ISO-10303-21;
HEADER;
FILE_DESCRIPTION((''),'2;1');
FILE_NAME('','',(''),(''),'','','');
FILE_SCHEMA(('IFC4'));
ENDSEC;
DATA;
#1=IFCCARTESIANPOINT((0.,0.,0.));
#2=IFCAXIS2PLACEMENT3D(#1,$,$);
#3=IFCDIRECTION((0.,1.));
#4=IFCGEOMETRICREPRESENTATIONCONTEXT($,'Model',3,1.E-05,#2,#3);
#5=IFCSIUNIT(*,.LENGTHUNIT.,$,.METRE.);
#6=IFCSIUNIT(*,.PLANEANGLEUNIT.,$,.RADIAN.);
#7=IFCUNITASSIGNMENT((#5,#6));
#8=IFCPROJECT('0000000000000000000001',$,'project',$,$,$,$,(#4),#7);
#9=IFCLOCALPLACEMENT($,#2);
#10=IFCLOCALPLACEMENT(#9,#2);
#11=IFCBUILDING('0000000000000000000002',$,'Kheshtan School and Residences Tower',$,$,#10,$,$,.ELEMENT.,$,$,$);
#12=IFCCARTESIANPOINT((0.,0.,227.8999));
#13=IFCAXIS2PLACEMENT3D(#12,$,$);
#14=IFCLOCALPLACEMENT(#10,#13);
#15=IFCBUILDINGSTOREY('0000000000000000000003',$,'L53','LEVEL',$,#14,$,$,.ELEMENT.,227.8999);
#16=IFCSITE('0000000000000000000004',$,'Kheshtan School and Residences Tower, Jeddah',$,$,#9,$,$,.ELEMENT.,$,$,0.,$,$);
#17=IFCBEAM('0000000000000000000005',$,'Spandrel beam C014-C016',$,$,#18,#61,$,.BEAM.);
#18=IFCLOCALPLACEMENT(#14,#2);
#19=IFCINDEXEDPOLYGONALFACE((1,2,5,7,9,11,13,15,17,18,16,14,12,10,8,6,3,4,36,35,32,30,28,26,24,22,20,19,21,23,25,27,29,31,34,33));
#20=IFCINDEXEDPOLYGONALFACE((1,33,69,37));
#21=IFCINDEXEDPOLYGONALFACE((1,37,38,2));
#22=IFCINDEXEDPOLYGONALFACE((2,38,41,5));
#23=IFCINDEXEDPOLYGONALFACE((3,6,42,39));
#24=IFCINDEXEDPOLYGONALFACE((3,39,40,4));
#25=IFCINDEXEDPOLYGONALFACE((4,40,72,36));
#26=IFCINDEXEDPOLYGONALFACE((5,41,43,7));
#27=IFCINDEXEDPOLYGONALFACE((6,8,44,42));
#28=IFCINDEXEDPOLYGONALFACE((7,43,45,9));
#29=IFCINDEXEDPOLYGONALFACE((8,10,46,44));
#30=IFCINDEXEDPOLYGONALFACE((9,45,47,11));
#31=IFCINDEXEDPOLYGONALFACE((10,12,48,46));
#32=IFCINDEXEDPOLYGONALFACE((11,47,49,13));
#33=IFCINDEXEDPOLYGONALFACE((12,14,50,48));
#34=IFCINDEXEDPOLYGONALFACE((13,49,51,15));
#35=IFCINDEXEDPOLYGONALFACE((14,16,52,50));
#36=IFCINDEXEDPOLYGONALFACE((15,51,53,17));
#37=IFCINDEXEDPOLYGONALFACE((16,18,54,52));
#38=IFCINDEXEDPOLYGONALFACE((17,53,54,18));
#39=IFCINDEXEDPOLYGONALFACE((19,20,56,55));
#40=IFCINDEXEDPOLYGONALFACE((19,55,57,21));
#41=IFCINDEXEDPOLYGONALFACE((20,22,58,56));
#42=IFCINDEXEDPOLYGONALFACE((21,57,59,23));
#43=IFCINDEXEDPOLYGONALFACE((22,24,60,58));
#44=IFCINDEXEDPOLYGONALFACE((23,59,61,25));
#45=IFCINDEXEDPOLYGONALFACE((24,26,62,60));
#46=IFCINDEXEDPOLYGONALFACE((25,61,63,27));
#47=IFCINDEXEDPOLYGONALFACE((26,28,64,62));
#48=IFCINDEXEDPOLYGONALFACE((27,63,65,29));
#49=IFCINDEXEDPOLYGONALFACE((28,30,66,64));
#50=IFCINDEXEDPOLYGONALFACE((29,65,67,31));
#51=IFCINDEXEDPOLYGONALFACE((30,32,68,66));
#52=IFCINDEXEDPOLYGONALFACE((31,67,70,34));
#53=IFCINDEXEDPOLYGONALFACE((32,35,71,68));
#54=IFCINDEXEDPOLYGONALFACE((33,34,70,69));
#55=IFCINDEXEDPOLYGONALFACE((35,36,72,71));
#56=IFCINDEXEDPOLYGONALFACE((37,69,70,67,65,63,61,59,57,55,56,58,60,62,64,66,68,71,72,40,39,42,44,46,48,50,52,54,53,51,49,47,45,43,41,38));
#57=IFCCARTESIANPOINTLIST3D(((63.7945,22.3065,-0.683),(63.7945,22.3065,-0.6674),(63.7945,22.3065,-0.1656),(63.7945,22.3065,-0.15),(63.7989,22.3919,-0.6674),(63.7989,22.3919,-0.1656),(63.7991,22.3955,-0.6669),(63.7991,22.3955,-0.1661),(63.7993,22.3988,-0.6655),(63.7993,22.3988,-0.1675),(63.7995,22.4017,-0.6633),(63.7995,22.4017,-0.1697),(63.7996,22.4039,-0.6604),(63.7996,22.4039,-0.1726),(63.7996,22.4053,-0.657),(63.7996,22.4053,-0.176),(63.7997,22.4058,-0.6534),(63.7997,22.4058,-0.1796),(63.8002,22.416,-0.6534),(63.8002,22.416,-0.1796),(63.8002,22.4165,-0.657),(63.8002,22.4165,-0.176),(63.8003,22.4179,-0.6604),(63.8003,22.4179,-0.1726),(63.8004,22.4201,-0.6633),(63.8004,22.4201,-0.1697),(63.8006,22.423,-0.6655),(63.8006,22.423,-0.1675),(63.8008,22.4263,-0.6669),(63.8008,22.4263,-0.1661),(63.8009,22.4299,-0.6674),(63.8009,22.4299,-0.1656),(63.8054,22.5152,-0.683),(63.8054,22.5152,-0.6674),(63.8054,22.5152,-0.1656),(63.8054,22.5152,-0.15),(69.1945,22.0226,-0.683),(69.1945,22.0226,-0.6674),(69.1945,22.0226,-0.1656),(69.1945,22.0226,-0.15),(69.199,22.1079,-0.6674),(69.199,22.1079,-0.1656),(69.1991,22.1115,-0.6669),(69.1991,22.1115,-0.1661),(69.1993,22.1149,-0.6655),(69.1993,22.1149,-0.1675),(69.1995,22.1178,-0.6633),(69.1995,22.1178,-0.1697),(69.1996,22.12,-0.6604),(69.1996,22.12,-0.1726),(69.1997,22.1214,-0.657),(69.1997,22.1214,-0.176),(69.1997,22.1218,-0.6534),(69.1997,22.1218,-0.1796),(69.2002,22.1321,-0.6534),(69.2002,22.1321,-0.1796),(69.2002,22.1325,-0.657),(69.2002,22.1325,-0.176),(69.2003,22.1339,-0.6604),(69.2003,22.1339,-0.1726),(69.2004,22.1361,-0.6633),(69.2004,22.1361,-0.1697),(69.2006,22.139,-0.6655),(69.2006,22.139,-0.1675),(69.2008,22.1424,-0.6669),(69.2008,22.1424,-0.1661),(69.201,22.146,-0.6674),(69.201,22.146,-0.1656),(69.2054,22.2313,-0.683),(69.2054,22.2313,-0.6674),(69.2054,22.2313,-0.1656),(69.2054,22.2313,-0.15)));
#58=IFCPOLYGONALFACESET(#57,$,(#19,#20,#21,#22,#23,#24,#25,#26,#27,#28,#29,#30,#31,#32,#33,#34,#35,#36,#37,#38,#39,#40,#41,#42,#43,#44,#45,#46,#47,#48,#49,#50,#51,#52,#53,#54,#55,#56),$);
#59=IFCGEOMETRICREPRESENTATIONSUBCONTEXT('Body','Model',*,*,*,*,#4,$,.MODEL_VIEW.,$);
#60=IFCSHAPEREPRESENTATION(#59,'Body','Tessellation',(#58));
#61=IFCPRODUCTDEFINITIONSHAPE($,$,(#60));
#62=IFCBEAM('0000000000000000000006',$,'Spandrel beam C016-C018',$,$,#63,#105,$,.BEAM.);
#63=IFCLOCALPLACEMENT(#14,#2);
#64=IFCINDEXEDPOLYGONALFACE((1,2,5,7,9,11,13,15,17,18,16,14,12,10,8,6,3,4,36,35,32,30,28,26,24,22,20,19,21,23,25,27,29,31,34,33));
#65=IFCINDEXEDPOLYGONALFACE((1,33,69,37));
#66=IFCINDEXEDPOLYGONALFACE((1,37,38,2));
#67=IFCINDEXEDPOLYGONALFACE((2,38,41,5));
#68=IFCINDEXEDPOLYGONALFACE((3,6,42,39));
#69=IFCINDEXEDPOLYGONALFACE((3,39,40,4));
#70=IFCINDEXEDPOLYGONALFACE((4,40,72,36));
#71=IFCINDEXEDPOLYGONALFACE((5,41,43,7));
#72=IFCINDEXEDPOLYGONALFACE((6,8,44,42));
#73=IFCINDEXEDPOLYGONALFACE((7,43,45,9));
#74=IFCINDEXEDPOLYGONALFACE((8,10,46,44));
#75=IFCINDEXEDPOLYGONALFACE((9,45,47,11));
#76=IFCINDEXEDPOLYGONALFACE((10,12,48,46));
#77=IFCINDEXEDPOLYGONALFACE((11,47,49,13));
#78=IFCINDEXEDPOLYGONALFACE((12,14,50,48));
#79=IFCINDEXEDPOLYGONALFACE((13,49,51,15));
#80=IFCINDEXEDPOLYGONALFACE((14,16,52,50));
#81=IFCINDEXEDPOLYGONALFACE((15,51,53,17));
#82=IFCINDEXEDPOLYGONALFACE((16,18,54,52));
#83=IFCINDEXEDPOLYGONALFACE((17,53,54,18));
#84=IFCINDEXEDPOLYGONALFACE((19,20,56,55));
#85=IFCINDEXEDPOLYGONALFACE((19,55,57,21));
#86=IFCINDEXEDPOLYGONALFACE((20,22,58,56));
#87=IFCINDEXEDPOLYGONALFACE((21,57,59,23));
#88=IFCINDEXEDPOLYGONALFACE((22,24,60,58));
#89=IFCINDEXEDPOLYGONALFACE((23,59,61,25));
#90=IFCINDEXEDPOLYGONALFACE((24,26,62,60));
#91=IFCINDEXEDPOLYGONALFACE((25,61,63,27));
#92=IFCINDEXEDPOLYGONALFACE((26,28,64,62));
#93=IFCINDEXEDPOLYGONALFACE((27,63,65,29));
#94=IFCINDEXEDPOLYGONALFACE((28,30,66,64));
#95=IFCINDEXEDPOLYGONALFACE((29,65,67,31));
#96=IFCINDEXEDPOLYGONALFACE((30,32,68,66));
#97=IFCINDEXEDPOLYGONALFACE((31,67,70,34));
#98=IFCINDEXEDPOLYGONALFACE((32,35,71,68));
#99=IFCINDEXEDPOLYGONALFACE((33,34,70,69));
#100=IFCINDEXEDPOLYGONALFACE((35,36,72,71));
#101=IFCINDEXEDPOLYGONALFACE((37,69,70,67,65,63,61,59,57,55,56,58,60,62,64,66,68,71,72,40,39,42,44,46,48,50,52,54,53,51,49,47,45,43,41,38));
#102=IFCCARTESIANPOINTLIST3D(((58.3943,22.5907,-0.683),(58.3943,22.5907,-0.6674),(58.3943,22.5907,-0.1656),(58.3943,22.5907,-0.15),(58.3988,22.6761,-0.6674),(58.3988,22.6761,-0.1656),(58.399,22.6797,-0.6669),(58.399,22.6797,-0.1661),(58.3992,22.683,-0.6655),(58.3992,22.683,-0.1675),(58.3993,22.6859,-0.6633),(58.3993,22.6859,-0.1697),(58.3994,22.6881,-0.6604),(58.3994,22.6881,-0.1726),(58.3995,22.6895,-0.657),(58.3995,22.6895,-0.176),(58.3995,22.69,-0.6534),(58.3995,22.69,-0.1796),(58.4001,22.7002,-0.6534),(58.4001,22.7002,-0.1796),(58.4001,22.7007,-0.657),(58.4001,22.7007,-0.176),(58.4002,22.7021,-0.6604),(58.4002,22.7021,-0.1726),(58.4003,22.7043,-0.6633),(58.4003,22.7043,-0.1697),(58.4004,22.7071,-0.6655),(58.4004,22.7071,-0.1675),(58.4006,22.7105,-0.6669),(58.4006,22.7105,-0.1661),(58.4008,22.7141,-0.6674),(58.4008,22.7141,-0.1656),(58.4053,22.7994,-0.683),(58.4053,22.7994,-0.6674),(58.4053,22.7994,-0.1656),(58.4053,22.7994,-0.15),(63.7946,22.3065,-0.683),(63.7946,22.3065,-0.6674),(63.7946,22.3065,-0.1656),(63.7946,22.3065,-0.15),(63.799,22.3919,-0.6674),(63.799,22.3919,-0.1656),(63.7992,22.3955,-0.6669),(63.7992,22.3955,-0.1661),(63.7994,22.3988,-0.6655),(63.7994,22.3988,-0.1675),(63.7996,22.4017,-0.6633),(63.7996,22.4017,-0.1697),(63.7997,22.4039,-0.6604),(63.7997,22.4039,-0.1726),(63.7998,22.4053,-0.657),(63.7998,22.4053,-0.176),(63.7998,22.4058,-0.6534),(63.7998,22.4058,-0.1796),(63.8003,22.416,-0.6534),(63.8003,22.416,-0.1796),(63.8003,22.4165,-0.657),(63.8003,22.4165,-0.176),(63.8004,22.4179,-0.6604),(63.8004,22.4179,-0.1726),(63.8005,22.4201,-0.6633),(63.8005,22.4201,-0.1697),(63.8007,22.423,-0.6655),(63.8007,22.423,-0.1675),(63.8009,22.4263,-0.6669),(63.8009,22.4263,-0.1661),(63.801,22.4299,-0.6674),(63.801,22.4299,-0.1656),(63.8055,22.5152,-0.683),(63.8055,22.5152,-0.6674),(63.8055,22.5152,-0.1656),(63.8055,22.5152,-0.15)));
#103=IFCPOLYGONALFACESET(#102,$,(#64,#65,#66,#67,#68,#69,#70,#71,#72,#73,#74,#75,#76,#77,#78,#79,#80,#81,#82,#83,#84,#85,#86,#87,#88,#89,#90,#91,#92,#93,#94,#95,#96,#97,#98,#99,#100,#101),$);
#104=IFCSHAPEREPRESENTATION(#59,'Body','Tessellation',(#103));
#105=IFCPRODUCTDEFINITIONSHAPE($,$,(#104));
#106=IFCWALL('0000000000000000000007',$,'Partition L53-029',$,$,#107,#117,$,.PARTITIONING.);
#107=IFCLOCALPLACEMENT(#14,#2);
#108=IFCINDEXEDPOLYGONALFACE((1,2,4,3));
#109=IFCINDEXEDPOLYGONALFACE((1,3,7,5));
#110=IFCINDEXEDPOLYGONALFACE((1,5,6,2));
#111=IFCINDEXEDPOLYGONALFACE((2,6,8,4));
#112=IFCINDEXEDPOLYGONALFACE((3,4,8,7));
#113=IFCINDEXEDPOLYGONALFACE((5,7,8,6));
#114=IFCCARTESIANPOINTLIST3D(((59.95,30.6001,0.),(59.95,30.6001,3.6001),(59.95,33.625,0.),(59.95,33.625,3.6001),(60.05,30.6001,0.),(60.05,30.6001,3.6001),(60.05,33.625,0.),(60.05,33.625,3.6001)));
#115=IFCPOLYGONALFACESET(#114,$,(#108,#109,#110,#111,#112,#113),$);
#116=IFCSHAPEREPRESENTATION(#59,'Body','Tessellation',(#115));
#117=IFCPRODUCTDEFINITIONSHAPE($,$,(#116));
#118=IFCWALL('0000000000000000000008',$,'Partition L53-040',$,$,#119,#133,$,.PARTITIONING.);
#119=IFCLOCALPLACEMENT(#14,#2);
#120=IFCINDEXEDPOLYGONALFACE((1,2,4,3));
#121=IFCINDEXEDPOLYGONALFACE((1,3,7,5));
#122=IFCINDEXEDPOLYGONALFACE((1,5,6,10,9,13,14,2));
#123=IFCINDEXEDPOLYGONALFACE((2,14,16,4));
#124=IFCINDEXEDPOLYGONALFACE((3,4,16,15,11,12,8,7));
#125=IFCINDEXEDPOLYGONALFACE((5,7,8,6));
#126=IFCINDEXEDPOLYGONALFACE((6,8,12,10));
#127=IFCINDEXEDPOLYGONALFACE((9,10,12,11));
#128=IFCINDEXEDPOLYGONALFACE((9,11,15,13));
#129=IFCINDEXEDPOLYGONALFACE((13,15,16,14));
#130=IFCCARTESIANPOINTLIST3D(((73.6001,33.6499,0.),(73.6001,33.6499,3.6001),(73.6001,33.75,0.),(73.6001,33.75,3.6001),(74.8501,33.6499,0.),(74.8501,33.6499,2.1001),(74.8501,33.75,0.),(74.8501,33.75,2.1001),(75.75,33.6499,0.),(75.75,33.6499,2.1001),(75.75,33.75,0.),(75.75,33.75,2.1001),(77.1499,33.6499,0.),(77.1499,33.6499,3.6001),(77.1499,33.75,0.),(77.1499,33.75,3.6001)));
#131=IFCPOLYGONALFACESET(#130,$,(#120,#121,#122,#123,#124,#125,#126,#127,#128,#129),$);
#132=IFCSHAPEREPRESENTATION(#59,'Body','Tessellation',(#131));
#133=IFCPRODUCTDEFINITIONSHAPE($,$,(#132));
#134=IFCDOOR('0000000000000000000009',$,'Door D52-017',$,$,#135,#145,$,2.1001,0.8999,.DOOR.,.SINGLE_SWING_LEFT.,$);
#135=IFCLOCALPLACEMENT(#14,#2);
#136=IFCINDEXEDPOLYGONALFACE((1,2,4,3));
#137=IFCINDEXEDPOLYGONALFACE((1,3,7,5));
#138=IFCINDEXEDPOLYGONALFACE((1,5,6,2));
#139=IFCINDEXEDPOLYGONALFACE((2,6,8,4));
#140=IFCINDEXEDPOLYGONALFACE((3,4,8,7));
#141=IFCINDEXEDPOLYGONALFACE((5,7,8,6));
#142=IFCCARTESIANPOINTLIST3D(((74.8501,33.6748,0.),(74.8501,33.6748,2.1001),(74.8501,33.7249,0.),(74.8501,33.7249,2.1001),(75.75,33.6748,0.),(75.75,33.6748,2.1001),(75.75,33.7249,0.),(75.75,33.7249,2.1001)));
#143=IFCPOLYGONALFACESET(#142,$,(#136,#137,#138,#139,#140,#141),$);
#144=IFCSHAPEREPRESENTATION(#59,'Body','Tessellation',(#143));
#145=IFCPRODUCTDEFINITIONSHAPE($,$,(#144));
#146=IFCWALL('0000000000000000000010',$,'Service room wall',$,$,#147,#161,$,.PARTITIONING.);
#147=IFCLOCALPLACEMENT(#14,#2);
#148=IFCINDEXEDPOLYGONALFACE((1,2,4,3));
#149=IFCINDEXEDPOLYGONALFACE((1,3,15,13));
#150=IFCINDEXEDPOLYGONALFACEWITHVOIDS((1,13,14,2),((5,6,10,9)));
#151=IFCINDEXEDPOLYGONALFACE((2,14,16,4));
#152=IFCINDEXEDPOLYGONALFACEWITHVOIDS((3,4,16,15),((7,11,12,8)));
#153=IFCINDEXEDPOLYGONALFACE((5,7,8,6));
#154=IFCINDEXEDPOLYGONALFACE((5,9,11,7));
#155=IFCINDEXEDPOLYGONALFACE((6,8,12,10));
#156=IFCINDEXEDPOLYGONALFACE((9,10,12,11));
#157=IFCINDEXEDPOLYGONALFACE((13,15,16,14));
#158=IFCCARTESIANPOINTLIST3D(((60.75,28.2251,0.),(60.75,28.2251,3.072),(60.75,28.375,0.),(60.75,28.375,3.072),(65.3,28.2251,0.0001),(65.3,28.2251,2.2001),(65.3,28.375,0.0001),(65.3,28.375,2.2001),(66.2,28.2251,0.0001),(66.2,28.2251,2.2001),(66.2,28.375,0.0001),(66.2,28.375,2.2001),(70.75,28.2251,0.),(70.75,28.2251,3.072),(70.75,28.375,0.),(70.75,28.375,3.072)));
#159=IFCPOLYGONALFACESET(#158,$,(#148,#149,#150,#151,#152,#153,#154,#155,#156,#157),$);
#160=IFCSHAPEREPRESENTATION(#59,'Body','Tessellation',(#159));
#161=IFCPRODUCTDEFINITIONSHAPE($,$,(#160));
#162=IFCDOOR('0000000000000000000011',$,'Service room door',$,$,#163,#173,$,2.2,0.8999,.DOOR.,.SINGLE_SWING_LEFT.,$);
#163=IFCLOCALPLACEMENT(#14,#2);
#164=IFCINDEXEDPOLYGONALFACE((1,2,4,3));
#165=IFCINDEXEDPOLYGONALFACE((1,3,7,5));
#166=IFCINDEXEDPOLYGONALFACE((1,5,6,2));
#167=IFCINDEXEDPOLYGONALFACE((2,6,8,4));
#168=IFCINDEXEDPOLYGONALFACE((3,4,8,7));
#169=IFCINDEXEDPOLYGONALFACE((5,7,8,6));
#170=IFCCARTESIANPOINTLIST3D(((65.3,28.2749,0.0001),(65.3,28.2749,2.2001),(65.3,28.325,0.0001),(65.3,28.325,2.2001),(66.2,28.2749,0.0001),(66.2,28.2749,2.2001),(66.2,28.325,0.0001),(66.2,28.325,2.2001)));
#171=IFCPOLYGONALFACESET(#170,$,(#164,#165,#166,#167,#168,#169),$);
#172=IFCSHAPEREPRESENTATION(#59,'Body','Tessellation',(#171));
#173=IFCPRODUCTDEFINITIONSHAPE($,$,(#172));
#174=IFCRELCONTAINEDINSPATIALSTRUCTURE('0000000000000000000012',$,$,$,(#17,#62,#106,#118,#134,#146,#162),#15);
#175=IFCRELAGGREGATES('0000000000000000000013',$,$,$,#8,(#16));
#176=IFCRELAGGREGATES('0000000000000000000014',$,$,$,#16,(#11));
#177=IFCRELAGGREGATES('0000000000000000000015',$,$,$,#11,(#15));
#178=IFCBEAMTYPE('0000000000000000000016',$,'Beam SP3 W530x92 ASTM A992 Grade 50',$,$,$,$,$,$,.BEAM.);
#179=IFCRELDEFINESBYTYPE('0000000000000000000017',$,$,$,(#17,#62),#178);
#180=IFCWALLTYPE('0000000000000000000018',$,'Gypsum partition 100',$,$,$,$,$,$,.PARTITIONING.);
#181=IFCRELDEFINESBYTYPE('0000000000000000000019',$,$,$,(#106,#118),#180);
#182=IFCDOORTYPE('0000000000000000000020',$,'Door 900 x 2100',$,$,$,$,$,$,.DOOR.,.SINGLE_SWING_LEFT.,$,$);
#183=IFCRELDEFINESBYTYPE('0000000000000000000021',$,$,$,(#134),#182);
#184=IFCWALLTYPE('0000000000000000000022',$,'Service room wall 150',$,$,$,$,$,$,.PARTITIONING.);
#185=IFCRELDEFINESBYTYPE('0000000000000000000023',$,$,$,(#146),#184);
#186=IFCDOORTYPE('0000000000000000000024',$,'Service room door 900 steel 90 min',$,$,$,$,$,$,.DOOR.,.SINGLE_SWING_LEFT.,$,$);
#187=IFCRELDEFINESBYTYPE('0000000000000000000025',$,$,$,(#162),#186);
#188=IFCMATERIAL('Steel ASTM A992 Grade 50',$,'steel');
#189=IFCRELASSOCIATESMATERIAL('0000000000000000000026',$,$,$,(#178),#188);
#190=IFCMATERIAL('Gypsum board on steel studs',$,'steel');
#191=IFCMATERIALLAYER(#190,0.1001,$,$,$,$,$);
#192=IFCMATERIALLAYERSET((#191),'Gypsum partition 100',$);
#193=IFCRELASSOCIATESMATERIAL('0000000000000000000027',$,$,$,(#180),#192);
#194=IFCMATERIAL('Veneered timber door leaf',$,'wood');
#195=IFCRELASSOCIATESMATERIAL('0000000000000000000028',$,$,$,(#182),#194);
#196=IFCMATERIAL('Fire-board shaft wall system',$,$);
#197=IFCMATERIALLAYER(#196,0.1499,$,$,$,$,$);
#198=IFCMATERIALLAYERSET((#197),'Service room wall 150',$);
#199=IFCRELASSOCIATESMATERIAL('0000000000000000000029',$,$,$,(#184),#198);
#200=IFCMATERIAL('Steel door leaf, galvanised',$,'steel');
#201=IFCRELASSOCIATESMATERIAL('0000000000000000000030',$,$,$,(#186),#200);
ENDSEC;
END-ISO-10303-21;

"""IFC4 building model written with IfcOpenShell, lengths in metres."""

from ifc_helpers import new_model, si_unit, direction, frame, frame_2d, origin, origin_2d, place, context, subcontext, project, spatial, rectangle, i_section, extrude, source, transform, mapped, material, layer, layer_set, material_profile, profile_set, type_object, element, fill, save


model = new_model("IFC4")

# Units and contexts
model_context = context("Model", 3, precision=1e-05, world=origin(), true_north=direction((0.0, 1.0)))
body_context = subcontext(model_context, "Body", "Model", "MODEL_VIEW")
ifc_project = project(units=[si_unit("LENGTHUNIT", "METRE"), si_unit("PLANEANGLEUNIT", "RADIAN")], contexts=[model_context])

# Site, building, storey
site_placement = place(None, origin())
site = spatial("IfcSite", under=ifc_project, at=site_placement, Name="Kheshtan School and Residences Tower, Jeddah", CompositionType="ELEMENT", RefElevation=0.0)
building_placement = place(site_placement, origin())
building = spatial("IfcBuilding", under=site, at=building_placement, Name="Kheshtan School and Residences Tower", CompositionType="ELEMENT")
storey_placement = place(building_placement, frame((0.0, 0.0, 227.8999)))
storey = spatial("IfcBuildingStorey", under=building, at=storey_placement, Name="L53", Description="LEVEL", CompositionType="ELEMENT", Elevation=227.8999)

# Shared definitions
ifc_material_1 = material(Name="Steel ASTM A992 Grade 50", Category="steel")

# Beams
ifc_material_profile_1 = material_profile(ifc_material_1, i_section(OverallWidth=0.209, OverallDepth=0.533, WebThickness=0.0103, FlangeThickness=0.0156, FilletRadius=0.0139, at=origin_2d()), Name="W530x92")
ifc_profile_set_1 = profile_set([ifc_material_profile_1], Name="Steel ASTM A992 Grade 50")
beam_type_1 = type_object("IfcBeamType", Name="Beam SP3 W530x92 ASTM A992 Grade 50", PredefinedType="BEAM", material=ifc_profile_set_1)
beam_1_placement = place(storey_placement, frame((69.2, 22.127, -0.4165), z_axis=(-0.99862, 0.052509, 0.0), x_axis=(-0.052509, -0.99862, 0.0)))
element("IfcBeam", 1, at=beam_1_placement, inside=storey, type_object=beam_type_1, Name="Spandrel beam C014-C016", PredefinedType="BEAM", context=body_context, shape_type="SweptSolid", body=[
    extrude(i_section(OverallWidth=0.209, OverallDepth=0.533, WebThickness=0.0103, FlangeThickness=0.0156, FilletRadius=0.0139, at=origin_2d()), origin(), (0.0, 0.0, 1.0), 5.4075),
])
beam_2_placement = place(storey_placement, frame((63.8, 22.4109, -0.4165), z_axis=(-0.998618, 0.052552, 0.0), x_axis=(-0.052552, -0.998618, 0.0)))
element("IfcBeam", 2, at=beam_2_placement, inside=storey, type_object=beam_type_1, Name="Spandrel beam C016-C018", PredefinedType="BEAM", context=body_context, shape_type="SweptSolid", body=[
    extrude(i_section(OverallWidth=0.209, OverallDepth=0.533, WebThickness=0.0103, FlangeThickness=0.0156, FilletRadius=0.0139, at=origin_2d()), origin(), (0.0, 0.0, 1.0), 5.4077),
])

# Wall
ifc_material_2 = material(Name="Gypsum board on steel studs", Category="steel")
ifc_layer_1 = layer(ifc_material_2, 0.1001)
ifc_layer_set_1 = layer_set([ifc_layer_1], Name="Gypsum partition 100")
wall_type_1 = type_object("IfcWallType", Name="Gypsum partition 100", PredefinedType="PARTITIONING", material=ifc_layer_set_1)
wall_1_placement = place(storey_placement, frame((60.0, 30.6001, 0.0), z_axis=(0.0, 0.0, 1.0), x_axis=(0.0, 1.0, 0.0)))
element("IfcWall", 3, at=wall_1_placement, inside=storey, type_object=wall_type_1, Name="Partition L53-029", PredefinedType="PARTITIONING", context=body_context, shape_type="SweptSolid", body=[
    extrude(rectangle(XDim=3.0249, YDim=0.1001, at=frame_2d((1.5125, 0.0))), origin(), (0.0, 0.0, 1.0), 3.6001),
])

# Walls, openings, doors
wall_2_placement = place(storey_placement, frame((73.6001, 33.7, 0.0), z_axis=(0.0, 0.0, 1.0), x_axis=(1.0, 0.0, 0.0)))
wall_2 = element("IfcWall", 4, at=wall_2_placement, inside=storey, type_object=wall_type_1, Name="Partition L53-040", PredefinedType="PARTITIONING", context=body_context, shape_type="SweptSolid", body=[
    extrude(rectangle(XDim=3.5498, YDim=0.1001, at=frame_2d((1.7749, 0.0))), origin(), (0.0, 0.0, 1.0), 3.6001),
])
opening_1_placement = place(wall_2_placement, frame((1.25, 0.0, 0.0)))
opening_1 = element("IfcOpeningElement", 5, at=opening_1_placement, cuts=wall_2, PredefinedType="OPENING", context=body_context, shape_type="SweptSolid", body=[
    extrude(rectangle(XDim=0.8999, YDim=2.1001, at=frame_2d((0.45, 1.05))), frame((0.0, 0.0601, 0.0), z_axis=(0.0, -1.0, 0.0), x_axis=(1.0, 0.0, 0.0)), (0.0, 0.0, 1.0), 0.1201),
])
ifc_material_3 = material(Name="Veneered timber door leaf", Category="wood")
door_type_1 = type_object("IfcDoorType", Name="Door 900 x 2100", OperationType="SINGLE_SWING_LEFT", PredefinedType="DOOR", material=ifc_material_3)
shared_shape_1 = source(origin(), body_context, "Body", "SweptSolid", [
    extrude(rectangle(XDim=0.8999, YDim=2.1001, at=frame_2d((0.45, 1.05))), frame((0.0, 0.0249, 0.0), z_axis=(0.0, -1.0, 0.0), x_axis=(1.0, 0.0, 0.0)), (0.0, 0.0, 1.0), 0.05),
])
door_1_placement = place(opening_1_placement, origin())
door_1 = element("IfcDoor", 6, at=door_1_placement, inside=storey, type_object=door_type_1, Name="Door D52-017", OperationType="SINGLE_SWING_LEFT", OverallHeight=2.1001, OverallWidth=0.8999, PredefinedType="DOOR", context=body_context, shape_type="MappedRepresentation", body=[
    mapped(shared_shape_1, transform((0.0, 0.0, 0.0), x_axis=(1.0, 0.0, 0.0), y_axis=(0.0, 1.0, 0.0), z_axis=(0.0, 0.0, 1.0), scale=1.0)),
])
fill(opening_1, door_1)
ifc_material_4 = material(Name="Fire-board shaft wall system")
ifc_layer_2 = layer(ifc_material_4, 0.1499)
ifc_layer_set_2 = layer_set([ifc_layer_2], Name="Service room wall 150")
wall_type_2 = type_object("IfcWallType", Name="Service room wall 150", PredefinedType="PARTITIONING", material=ifc_layer_set_2)
wall_3_placement = place(storey_placement, frame((60.75, 28.3, 0.0), z_axis=(0.0, 0.0, 1.0), x_axis=(1.0, 0.0, 0.0)))
wall_3 = element("IfcWall", 7, at=wall_3_placement, inside=storey, type_object=wall_type_2, Name="Service room wall", PredefinedType="PARTITIONING", context=body_context, shape_type="SweptSolid", body=[
    extrude(rectangle(XDim=10.0, YDim=0.1499, at=frame_2d((5.0, 0.0))), origin(), (0.0, 0.0, 1.0), 3.072),
])
opening_2_placement = place(wall_3_placement, frame((4.55, 0.0, 0.0)))
opening_2 = element("IfcOpeningElement", 8, at=opening_2_placement, cuts=wall_3, PredefinedType="OPENING", context=body_context, shape_type="SweptSolid", body=[
    extrude(rectangle(XDim=0.8999, YDim=2.2, at=frame_2d((0.45, 1.1001))), frame((0.0, 0.085, 0.0), z_axis=(0.0, -1.0, 0.0), x_axis=(1.0, 0.0, 0.0)), (0.0, 0.0, 1.0), 0.1699),
])
ifc_material_5 = material(Name="Steel door leaf, galvanised", Category="steel")
door_type_2 = type_object("IfcDoorType", Name="Service room door 900 steel 90 min", OperationType="SINGLE_SWING_LEFT", PredefinedType="DOOR", material=ifc_material_5)
shared_shape_2 = source(origin(), body_context, "Body", "SweptSolid", [
    extrude(rectangle(XDim=0.8999, YDim=2.2, at=frame_2d((0.45, 1.1001))), frame((0.0, 0.0249, 0.0), z_axis=(0.0, -1.0, 0.0), x_axis=(1.0, 0.0, 0.0)), (0.0, 0.0, 1.0), 0.05),
])
door_2_placement = place(opening_2_placement, origin())
door_2 = element("IfcDoor", 9, at=door_2_placement, inside=storey, type_object=door_type_2, Name="Service room door", OperationType="SINGLE_SWING_LEFT", OverallHeight=2.2, OverallWidth=0.8999, PredefinedType="DOOR", context=body_context, shape_type="MappedRepresentation", body=[
    mapped(shared_shape_2, transform((0.0, 0.0, 0.0), x_axis=(1.0, 0.0, 0.0), y_axis=(0.0, 1.0, 0.0), z_axis=(0.0, 0.0, 1.0), scale=1.0)),
])
fill(opening_2, door_2)

save(model, "model.ifc")
